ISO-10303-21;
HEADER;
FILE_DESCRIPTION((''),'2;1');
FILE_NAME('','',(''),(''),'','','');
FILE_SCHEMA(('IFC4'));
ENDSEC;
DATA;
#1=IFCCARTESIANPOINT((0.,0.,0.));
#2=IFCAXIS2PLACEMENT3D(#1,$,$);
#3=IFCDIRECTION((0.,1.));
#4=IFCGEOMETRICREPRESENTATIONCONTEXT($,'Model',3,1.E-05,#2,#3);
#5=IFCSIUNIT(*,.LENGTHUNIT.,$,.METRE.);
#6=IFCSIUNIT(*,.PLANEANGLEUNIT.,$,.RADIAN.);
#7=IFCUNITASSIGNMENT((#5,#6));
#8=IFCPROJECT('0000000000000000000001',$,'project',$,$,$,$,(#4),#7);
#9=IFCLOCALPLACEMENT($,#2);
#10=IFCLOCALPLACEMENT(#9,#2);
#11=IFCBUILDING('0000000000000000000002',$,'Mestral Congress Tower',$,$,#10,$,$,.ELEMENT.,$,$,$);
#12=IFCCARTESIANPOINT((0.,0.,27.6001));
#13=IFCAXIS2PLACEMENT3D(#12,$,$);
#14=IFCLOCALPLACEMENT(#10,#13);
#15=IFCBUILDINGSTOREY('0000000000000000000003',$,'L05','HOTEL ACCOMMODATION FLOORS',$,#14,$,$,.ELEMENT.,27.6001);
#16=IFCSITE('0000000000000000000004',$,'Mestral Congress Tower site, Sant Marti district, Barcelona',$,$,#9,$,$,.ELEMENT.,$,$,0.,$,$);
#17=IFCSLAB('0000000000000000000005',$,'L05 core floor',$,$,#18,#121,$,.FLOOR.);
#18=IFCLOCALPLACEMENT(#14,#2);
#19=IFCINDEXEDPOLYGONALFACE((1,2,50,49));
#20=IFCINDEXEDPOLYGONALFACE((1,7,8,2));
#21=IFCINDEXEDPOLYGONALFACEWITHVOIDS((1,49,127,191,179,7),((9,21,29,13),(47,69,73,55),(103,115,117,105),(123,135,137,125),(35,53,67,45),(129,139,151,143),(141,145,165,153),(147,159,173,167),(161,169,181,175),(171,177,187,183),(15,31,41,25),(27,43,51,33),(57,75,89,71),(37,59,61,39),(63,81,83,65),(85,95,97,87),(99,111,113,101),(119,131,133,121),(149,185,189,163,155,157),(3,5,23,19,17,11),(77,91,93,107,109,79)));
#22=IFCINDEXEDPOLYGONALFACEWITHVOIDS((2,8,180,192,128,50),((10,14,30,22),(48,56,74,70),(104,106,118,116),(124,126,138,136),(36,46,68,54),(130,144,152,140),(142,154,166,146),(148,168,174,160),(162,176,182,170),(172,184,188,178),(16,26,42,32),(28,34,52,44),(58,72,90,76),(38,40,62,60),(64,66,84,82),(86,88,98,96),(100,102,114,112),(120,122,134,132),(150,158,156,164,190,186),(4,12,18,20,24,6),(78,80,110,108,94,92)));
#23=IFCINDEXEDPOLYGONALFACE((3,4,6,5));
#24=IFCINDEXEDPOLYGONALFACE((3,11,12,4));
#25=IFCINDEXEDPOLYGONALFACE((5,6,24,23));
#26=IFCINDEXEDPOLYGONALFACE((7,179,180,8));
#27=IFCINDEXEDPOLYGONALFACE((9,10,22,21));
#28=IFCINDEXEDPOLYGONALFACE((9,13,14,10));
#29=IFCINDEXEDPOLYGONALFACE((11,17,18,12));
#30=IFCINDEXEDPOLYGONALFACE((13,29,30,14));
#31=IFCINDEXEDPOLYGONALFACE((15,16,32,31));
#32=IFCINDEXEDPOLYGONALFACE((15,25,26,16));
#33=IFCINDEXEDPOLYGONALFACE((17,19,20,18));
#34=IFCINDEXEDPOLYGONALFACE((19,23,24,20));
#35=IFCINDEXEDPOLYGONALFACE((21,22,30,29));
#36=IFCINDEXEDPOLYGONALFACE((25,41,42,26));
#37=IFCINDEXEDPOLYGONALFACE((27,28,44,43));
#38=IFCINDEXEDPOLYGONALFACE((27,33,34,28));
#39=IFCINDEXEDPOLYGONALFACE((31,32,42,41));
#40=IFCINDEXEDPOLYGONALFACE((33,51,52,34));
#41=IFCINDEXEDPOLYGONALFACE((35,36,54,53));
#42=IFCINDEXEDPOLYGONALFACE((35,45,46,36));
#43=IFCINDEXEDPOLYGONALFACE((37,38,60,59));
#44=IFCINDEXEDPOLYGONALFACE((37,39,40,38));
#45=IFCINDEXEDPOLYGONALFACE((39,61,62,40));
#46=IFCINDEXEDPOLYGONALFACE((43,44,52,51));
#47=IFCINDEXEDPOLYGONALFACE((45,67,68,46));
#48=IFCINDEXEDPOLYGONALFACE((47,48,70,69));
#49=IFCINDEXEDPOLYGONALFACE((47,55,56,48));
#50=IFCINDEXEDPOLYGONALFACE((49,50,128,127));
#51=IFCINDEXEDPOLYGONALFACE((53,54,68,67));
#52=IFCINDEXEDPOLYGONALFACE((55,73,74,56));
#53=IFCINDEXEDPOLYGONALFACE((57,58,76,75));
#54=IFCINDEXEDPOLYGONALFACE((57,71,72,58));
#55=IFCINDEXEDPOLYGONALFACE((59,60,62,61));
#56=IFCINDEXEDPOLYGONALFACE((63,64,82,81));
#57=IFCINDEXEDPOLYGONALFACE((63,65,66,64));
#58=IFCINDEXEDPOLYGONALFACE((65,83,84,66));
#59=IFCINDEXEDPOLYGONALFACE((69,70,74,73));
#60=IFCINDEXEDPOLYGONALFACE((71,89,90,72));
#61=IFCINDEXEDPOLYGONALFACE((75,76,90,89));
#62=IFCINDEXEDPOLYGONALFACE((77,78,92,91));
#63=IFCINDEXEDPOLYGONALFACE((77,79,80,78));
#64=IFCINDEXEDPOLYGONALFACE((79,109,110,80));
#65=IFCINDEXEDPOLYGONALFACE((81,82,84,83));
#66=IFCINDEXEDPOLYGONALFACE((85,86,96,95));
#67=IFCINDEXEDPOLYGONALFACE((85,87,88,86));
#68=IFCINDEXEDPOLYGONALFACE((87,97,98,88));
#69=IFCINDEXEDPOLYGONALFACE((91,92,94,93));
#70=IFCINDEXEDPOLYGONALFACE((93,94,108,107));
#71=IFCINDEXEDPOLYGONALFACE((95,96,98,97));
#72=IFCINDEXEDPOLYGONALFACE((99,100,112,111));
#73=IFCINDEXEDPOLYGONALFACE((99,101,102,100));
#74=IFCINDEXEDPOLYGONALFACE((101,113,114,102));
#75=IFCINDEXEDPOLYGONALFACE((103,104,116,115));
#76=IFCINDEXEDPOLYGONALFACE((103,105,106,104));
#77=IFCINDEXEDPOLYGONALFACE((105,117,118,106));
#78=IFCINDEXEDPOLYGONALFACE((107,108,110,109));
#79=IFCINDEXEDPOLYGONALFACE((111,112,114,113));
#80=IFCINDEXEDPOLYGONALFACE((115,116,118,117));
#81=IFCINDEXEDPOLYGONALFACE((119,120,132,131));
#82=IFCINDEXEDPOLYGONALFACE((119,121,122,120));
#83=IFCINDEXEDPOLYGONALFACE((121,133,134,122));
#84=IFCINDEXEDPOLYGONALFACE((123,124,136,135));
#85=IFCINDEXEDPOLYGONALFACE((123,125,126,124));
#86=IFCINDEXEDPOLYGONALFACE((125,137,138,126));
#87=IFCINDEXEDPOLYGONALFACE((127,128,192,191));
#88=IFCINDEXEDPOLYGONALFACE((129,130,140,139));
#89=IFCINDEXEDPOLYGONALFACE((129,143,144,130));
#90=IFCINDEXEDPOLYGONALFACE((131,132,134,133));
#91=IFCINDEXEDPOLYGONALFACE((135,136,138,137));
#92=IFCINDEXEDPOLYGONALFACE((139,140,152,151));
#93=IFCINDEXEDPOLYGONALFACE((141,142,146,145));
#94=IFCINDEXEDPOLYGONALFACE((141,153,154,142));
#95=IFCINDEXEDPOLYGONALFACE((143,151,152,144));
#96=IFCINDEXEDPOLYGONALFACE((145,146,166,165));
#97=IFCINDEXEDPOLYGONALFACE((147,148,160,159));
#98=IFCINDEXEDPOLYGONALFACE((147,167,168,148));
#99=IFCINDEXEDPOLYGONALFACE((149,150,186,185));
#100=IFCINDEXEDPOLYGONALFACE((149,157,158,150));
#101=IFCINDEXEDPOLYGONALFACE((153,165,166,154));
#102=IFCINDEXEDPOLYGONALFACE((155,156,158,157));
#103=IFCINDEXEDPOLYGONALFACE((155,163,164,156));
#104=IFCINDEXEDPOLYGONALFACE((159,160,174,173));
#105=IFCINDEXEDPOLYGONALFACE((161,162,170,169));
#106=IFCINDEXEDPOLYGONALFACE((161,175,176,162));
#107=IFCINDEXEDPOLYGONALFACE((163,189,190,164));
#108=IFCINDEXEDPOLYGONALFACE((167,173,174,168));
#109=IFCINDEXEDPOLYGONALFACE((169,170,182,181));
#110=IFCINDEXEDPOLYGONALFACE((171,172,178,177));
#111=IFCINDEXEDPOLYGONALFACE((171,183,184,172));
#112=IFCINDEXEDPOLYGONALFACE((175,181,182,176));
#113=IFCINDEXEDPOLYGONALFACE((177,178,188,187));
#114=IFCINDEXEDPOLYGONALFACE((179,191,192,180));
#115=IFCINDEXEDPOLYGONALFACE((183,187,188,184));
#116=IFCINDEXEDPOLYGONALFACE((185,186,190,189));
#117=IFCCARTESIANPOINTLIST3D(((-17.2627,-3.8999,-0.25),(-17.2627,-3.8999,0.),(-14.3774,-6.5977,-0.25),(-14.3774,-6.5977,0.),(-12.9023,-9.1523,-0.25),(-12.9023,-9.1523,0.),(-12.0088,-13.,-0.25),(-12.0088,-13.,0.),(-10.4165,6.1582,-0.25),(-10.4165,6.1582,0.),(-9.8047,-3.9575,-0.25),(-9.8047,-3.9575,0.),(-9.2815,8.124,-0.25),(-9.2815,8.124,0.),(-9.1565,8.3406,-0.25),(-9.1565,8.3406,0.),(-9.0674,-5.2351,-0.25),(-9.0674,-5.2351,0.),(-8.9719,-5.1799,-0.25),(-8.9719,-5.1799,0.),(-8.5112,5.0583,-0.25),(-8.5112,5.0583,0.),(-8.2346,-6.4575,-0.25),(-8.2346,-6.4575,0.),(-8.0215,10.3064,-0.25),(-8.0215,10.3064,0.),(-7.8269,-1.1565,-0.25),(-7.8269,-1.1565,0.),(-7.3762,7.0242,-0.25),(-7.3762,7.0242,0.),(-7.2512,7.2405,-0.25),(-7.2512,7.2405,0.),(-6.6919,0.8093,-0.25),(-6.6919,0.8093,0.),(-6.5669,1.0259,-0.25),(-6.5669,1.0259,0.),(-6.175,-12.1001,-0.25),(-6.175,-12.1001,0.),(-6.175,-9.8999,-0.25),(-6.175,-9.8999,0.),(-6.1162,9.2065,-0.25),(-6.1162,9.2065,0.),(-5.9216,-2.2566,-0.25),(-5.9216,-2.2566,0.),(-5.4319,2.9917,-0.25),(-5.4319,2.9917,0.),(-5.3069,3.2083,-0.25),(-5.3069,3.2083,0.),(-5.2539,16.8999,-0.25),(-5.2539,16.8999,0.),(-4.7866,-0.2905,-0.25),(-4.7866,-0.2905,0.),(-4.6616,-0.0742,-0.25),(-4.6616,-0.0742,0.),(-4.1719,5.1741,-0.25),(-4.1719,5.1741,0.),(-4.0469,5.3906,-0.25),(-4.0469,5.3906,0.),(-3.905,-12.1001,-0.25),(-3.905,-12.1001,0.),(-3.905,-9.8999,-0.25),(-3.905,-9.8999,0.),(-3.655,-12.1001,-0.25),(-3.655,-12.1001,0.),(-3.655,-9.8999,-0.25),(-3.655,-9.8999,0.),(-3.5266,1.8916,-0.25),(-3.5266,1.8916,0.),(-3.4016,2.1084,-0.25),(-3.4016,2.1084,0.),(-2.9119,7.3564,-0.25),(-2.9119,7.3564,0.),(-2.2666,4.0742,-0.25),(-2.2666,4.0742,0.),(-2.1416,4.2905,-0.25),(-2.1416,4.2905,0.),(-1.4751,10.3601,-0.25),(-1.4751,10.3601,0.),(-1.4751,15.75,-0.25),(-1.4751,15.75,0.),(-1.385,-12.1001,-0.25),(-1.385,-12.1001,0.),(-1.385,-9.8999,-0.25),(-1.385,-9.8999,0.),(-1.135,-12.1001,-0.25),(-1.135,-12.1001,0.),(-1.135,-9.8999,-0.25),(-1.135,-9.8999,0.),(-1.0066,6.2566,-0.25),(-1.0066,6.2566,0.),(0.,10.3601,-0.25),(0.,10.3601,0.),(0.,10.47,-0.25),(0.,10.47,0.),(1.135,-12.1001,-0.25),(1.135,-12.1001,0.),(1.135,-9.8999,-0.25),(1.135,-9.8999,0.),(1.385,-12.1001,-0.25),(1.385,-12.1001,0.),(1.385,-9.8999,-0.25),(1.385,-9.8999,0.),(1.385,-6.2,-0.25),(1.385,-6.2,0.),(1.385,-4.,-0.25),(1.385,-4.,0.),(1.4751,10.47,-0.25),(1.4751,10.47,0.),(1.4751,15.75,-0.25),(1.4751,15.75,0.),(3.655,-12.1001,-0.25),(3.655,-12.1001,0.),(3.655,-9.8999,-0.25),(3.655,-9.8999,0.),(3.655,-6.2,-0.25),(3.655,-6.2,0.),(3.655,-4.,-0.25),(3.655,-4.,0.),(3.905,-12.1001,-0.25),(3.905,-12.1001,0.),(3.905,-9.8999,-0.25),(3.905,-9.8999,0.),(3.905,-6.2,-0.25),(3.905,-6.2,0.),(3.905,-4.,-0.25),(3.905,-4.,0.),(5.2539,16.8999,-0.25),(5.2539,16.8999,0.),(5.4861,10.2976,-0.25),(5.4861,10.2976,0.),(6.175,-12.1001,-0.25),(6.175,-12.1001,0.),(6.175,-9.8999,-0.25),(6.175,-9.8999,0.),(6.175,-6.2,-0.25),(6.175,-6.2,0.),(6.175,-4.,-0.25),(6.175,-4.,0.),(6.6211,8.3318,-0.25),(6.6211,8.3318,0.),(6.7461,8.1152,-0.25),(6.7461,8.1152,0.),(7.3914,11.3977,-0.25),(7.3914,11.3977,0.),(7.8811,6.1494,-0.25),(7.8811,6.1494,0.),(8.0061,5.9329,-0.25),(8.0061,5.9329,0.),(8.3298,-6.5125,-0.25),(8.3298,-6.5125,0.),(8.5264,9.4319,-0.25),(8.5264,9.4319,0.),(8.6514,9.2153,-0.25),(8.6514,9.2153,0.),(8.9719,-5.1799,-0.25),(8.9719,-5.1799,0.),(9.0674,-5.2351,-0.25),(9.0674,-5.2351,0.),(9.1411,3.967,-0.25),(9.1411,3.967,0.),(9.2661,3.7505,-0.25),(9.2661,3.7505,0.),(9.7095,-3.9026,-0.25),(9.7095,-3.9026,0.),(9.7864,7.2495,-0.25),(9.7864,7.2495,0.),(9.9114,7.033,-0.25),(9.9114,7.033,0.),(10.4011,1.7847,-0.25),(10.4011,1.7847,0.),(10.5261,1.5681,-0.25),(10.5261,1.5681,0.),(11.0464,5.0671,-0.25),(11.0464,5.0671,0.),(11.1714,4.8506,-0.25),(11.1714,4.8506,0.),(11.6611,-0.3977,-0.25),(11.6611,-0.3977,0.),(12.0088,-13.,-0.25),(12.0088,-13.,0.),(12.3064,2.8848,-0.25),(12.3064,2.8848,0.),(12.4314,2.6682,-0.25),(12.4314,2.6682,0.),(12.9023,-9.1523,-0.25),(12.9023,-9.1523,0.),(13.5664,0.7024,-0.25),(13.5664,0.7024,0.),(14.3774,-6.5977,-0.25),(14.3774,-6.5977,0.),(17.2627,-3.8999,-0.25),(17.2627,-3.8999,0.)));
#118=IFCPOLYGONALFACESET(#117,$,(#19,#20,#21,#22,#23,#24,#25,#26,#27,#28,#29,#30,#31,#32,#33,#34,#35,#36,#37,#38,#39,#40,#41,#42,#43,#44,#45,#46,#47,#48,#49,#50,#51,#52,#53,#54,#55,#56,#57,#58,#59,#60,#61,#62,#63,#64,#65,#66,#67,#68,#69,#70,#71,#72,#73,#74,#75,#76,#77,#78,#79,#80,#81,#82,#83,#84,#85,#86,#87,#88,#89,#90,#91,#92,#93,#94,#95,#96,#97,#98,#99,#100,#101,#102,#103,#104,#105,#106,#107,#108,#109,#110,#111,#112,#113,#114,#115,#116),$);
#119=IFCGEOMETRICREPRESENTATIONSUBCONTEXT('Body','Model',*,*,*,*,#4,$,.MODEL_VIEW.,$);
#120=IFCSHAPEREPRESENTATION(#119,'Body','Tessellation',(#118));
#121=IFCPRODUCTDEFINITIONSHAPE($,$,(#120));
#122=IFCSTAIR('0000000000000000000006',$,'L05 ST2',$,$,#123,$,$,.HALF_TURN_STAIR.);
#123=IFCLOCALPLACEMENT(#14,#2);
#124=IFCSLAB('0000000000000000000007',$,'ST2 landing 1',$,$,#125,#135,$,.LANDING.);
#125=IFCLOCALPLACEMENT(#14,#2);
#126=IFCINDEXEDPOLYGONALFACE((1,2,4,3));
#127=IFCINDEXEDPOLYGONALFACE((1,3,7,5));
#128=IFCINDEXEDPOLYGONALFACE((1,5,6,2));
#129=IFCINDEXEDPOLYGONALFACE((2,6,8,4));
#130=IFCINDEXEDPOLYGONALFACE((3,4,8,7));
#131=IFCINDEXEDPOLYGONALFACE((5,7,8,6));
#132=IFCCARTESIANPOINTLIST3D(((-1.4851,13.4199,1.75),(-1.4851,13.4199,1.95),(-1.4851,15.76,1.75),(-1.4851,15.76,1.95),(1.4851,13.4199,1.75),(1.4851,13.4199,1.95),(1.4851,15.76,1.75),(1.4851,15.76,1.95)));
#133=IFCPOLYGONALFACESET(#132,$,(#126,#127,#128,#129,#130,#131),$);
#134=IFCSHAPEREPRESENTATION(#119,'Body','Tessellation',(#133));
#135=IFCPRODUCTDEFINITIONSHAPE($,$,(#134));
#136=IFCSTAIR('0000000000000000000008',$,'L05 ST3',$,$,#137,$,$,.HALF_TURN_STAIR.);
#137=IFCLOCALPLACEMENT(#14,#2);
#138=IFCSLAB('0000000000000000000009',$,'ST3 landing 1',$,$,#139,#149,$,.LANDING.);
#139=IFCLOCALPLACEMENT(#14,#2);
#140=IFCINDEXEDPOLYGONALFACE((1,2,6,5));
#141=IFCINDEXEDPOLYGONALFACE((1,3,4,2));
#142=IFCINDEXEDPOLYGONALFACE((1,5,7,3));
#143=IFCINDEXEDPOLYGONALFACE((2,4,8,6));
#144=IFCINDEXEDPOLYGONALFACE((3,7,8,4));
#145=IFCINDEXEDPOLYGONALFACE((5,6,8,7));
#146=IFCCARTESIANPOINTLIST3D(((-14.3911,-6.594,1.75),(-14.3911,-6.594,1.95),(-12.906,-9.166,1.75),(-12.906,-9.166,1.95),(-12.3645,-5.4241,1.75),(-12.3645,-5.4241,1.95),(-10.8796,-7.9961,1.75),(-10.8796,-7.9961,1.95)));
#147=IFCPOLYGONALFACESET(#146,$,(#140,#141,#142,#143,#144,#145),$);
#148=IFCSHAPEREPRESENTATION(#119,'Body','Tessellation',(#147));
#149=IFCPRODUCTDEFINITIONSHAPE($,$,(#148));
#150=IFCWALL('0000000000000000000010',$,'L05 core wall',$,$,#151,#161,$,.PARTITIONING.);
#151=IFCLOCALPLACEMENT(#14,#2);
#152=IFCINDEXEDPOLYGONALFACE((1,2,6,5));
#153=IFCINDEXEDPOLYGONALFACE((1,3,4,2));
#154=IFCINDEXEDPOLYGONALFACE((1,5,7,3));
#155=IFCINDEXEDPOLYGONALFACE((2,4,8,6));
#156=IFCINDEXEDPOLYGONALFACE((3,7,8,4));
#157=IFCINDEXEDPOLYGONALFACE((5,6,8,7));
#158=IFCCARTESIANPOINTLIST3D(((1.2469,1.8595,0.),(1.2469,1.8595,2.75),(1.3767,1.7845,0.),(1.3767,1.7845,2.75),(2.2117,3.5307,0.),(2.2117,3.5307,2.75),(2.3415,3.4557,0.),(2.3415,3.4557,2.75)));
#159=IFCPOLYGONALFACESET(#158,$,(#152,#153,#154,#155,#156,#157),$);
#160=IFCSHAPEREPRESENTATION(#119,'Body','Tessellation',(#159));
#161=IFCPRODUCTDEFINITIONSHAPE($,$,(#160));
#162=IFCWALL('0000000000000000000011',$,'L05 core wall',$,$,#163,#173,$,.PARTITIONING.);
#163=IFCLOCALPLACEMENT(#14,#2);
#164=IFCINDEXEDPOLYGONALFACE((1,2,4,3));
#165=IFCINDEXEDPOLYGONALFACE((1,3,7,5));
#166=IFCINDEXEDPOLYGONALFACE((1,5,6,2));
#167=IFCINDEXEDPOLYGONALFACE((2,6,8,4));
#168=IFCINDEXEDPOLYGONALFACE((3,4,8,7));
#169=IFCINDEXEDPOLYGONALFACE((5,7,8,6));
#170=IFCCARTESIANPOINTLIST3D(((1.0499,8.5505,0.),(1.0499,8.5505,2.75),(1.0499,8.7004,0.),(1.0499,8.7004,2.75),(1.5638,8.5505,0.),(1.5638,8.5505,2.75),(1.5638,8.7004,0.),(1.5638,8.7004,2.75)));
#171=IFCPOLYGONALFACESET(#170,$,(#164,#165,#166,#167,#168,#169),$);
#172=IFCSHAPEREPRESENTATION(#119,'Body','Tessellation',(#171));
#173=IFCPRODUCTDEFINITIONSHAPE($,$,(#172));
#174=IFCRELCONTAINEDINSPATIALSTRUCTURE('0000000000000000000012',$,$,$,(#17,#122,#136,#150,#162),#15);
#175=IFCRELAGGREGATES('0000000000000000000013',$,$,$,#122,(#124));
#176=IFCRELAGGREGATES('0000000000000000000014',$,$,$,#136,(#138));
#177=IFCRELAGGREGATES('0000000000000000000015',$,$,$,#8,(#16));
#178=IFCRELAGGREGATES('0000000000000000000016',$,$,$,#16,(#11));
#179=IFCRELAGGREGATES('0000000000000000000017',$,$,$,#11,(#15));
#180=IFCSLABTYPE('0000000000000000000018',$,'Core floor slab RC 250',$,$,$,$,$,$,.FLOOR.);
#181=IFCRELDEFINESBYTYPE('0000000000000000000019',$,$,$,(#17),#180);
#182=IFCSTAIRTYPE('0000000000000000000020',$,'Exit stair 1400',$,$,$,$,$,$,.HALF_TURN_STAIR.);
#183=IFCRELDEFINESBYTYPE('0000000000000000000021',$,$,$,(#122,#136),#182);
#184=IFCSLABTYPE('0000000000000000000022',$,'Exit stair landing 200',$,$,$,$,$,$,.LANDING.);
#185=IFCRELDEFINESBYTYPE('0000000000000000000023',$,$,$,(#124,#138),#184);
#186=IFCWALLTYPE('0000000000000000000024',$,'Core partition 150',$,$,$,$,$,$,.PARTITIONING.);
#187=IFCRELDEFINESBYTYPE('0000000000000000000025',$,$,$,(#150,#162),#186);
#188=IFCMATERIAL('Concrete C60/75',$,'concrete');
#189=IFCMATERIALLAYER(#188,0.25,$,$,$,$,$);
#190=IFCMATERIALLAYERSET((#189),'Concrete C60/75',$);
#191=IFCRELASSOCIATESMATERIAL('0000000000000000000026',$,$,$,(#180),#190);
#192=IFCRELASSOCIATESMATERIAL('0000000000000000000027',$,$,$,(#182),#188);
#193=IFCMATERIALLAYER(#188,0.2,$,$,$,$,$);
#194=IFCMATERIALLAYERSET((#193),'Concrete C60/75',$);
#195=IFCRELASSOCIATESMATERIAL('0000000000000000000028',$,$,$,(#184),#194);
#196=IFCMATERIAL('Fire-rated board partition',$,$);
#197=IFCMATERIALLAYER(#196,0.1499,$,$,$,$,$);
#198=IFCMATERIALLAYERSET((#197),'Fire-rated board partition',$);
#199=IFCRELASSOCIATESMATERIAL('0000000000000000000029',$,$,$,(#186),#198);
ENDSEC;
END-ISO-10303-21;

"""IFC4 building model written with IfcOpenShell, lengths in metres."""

from ifc_helpers import new_model, si_unit, direction, frame, frame_2d, origin, place, context, subcontext, project, spatial, polyline, rectangle, outline, extrude, material, layer, layer_set, type_object, element, aggregate, save


model = new_model("IFC4")

# Units and contexts
model_context = context("Model", 3, precision=1e-05, world=origin(), true_north=direction((0.0, 1.0)))
body_context = subcontext(model_context, "Body", "Model", "MODEL_VIEW")
ifc_project = project(units=[si_unit("LENGTHUNIT", "METRE"), si_unit("PLANEANGLEUNIT", "RADIAN")], contexts=[model_context])

# Site, building, storey
site_placement = place(None, origin())
site = spatial("IfcSite", under=ifc_project, at=site_placement, Name="Mestral Congress Tower site, Sant Marti district, Barcelona", CompositionType="ELEMENT", RefElevation=0.0)
building_placement = place(site_placement, origin())
building = spatial("IfcBuilding", under=site, at=building_placement, Name="Mestral Congress Tower", CompositionType="ELEMENT")
storey_placement = place(building_placement, frame((0.0, 0.0, 27.6001)))
storey = spatial("IfcBuildingStorey", under=building, at=storey_placement, Name="L05", Description="HOTEL ACCOMMODATION FLOORS", CompositionType="ELEMENT", Elevation=27.6001)

# Slab
ifc_material_1 = material(Name="Concrete C60/75", Category="concrete")
ifc_layer_1 = layer(ifc_material_1, 0.25)
ifc_layer_set_1 = layer_set([ifc_layer_1], Name="Concrete C60/75")
slab_type_1 = type_object("IfcSlabType", Name="Core floor slab RC 250", PredefinedType="FLOOR", material=ifc_layer_set_1)
slab_1_placement = place(storey_placement, frame((0.0, 0.0, -0.25)))
element("IfcSlab", 1, at=slab_1_placement, inside=storey, type_object=slab_type_1, Name="L05 core floor", PredefinedType="FLOOR", context=body_context, shape_type="SweptSolid", body=[
    extrude(outline(polyline([(12.0088, -13.0), (-12.0088, -13.0), (-17.2627, -3.8999), (-5.2539, 16.8999), (5.2539, 16.8999), (17.2627, -3.8999), (12.0088, -13.0)]), holes=[polyline([(-3.905, -9.8999), (-6.175, -9.8999), (-6.175, -12.1001), (-3.905, -12.1001), (-3.905, -9.8999)]), polyline([(-1.385, -9.8999), (-3.655, -9.8999), (-3.655, -12.1001), (-1.385, -12.1001), (-1.385, -9.8999)]), polyline([(1.135, -9.8999), (-1.135, -9.8999), (-1.135, -12.1001), (1.135, -12.1001), (1.135, -9.8999)]), polyline([(-9.0674, -5.2351), (-9.8047, -3.9575), (-14.3774, -6.5977), (-12.9023, -9.1523), (-8.2346, -6.4575), (-8.9719, -5.1799), (-9.0674, -5.2351)]), polyline([(-7.8269, -1.1565), (-5.9216, -2.2566), (-4.7866, -0.2905), (-6.6919, 0.8093), (-7.8269, -1.1565)]), polyline([(-4.6616, -0.0742), (-3.5266, 1.8916), (-5.4319, 2.9917), (-6.5669, 1.0259), (-4.6616, -0.0742)]), polyline([(-3.4016, 2.1084), (-2.2666, 4.0742), (-4.1719, 5.1741), (-5.3069, 3.2083), (-3.4016, 2.1084)]), polyline([(-2.1416, 4.2905), (-1.0066, 6.2566), (-2.9119, 7.3564), (-4.0469, 5.3906), (-2.1416, 4.2905)]), polyline([(-10.4165, 6.1582), (-8.5112, 5.0583), (-7.3762, 7.0242), (-9.2815, 8.124), (-10.4165, 6.1582)]), polyline([(-9.1565, 8.3406), (-7.2512, 7.2405), (-6.1162, 9.2065), (-8.0215, 10.3064), (-9.1565, 8.3406)]), polyline([(1.4751, 10.47), (1.4751, 15.75), (-1.4751, 15.75), (-1.4751, 10.3601), (0.0, 10.3601), (0.0, 10.47), (1.4751, 10.47)]), polyline([(3.655, -9.8999), (1.385, -9.8999), (1.385, -12.1001), (3.655, -12.1001), (3.655, -9.8999)]), polyline([(6.175, -9.8999), (3.905, -9.8999), (3.905, -12.1001), (6.175, -12.1001), (6.175, -9.8999)]), polyline([(9.0674, -5.2351), (8.3298, -6.5125), (12.9023, -9.1523), (14.3774, -6.5977), (9.7095, -3.9026), (8.9719, -5.1799), (9.0674, -5.2351)]), polyline([(3.655, -6.2), (3.655, -4.0), (1.385, -4.0), (1.385, -6.2), (3.655, -6.2)]), polyline([(6.175, -4.0), (3.905, -4.0), (3.905, -6.2), (6.175, -6.2), (6.175, -4.0)]), polyline([(12.4314, 2.6682), (10.5261, 1.5681), (11.6611, -0.3977), (13.5664, 0.7024), (12.4314, 2.6682)]), polyline([(11.1714, 4.8506), (9.2661, 3.7505), (10.4011, 1.7847), (12.3064, 2.8848), (11.1714, 4.8506)]), polyline([(8.0061, 5.9329), (9.1411, 3.967), (11.0464, 5.0671), (9.9114, 7.033), (8.0061, 5.9329)]), polyline([(8.6514, 9.2153), (6.7461, 8.1152), (7.8811, 6.1494), (9.7864, 7.2495), (8.6514, 9.2153)]), polyline([(7.3914, 11.3977), (5.4861, 10.2976), (6.6211, 8.3318), (8.5264, 9.4319), (7.3914, 11.3977)])]), origin(), (0.0, 0.0, 1.0), 0.25),
])

# Stairs, slabs
stair_type = type_object("IfcStairType", Name="Exit stair 1400", PredefinedType="HALF_TURN_STAIR", material=ifc_material_1)
placement_1 = place(storey_placement, origin())
stair_1 = element("IfcStair", 2, at=placement_1, inside=storey, type_object=stair_type, Name="L05 ST2", PredefinedType="HALF_TURN_STAIR")
ifc_layer_2 = layer(ifc_material_1, 0.2)
ifc_layer_set_2 = layer_set([ifc_layer_2], Name="Concrete C60/75")
slab_type_2 = type_object("IfcSlabType", Name="Exit stair landing 200", PredefinedType="LANDING", material=ifc_layer_set_2)
placement_2 = place(storey_placement, frame((0.0, 0.0, 1.75)))
slab_2 = element("IfcSlab", 3, at=placement_2, type_object=slab_type_2, Name="ST2 landing 1", PredefinedType="LANDING", context=body_context, shape_type="SweptSolid", body=[
    extrude(outline(polyline([(1.4851, 13.4199), (-1.4851, 13.4199), (-1.4851, 15.76), (1.4851, 15.76), (1.4851, 13.4199)])), origin(), (0.0, 0.0, 1.0), 0.2),
])
aggregate(stair_1, [slab_2])
stair_2 = element("IfcStair", 4, at=placement_1, inside=storey, type_object=stair_type, Name="L05 ST3", PredefinedType="HALF_TURN_STAIR")
slab_3 = element("IfcSlab", 5, at=placement_2, type_object=slab_type_2, Name="ST3 landing 1", PredefinedType="LANDING", context=body_context, shape_type="SweptSolid", body=[
    extrude(outline(polyline([(-12.3645, -5.4241), (-10.8796, -7.9961), (-12.906, -9.166), (-14.3911, -6.594), (-12.3645, -5.4241)])), origin(), (0.0, 0.0, 1.0), 0.2),
])
aggregate(stair_2, [slab_3])

# Walls
ifc_material_2 = material(Name="Fire-rated board partition")
ifc_layer_3 = layer(ifc_material_2, 0.1499)
ifc_layer_set_3 = layer_set([ifc_layer_3], Name="Fire-rated board partition")
wall_type_1 = type_object("IfcWallType", Name="Core partition 150", PredefinedType="PARTITIONING", material=ifc_layer_set_3)
wall_1_placement = place(storey_placement, frame((1.3118, 1.822, 0.0), z_axis=(0.0, 0.0, 1.0), x_axis=(0.500004, 0.866023, 0.0)))
element("IfcWall", 6, at=wall_1_placement, inside=storey, type_object=wall_type_1, Name="L05 core wall", PredefinedType="PARTITIONING", context=body_context, shape_type="SweptSolid", body=[
    extrude(rectangle(XDim=1.9297, YDim=0.1499, at=frame_2d((0.9648, 0.0))), origin(), (0.0, 0.0, 1.0), 2.75),
])
wall_2_placement = place(storey_placement, frame((1.05, 8.6255, 0.0), z_axis=(0.0, 0.0, 1.0), x_axis=(1.0, 0.0, 0.0)))
element("IfcWall", 7, at=wall_2_placement, inside=storey, type_object=wall_type_1, Name="L05 core wall", PredefinedType="PARTITIONING", context=body_context, shape_type="SweptSolid", body=[
    extrude(rectangle(XDim=0.5139, YDim=0.1499, at=frame_2d((0.2568, 0.0))), origin(), (0.0, 0.0, 1.0), 2.75),
])

save(model, "model.ifc")
